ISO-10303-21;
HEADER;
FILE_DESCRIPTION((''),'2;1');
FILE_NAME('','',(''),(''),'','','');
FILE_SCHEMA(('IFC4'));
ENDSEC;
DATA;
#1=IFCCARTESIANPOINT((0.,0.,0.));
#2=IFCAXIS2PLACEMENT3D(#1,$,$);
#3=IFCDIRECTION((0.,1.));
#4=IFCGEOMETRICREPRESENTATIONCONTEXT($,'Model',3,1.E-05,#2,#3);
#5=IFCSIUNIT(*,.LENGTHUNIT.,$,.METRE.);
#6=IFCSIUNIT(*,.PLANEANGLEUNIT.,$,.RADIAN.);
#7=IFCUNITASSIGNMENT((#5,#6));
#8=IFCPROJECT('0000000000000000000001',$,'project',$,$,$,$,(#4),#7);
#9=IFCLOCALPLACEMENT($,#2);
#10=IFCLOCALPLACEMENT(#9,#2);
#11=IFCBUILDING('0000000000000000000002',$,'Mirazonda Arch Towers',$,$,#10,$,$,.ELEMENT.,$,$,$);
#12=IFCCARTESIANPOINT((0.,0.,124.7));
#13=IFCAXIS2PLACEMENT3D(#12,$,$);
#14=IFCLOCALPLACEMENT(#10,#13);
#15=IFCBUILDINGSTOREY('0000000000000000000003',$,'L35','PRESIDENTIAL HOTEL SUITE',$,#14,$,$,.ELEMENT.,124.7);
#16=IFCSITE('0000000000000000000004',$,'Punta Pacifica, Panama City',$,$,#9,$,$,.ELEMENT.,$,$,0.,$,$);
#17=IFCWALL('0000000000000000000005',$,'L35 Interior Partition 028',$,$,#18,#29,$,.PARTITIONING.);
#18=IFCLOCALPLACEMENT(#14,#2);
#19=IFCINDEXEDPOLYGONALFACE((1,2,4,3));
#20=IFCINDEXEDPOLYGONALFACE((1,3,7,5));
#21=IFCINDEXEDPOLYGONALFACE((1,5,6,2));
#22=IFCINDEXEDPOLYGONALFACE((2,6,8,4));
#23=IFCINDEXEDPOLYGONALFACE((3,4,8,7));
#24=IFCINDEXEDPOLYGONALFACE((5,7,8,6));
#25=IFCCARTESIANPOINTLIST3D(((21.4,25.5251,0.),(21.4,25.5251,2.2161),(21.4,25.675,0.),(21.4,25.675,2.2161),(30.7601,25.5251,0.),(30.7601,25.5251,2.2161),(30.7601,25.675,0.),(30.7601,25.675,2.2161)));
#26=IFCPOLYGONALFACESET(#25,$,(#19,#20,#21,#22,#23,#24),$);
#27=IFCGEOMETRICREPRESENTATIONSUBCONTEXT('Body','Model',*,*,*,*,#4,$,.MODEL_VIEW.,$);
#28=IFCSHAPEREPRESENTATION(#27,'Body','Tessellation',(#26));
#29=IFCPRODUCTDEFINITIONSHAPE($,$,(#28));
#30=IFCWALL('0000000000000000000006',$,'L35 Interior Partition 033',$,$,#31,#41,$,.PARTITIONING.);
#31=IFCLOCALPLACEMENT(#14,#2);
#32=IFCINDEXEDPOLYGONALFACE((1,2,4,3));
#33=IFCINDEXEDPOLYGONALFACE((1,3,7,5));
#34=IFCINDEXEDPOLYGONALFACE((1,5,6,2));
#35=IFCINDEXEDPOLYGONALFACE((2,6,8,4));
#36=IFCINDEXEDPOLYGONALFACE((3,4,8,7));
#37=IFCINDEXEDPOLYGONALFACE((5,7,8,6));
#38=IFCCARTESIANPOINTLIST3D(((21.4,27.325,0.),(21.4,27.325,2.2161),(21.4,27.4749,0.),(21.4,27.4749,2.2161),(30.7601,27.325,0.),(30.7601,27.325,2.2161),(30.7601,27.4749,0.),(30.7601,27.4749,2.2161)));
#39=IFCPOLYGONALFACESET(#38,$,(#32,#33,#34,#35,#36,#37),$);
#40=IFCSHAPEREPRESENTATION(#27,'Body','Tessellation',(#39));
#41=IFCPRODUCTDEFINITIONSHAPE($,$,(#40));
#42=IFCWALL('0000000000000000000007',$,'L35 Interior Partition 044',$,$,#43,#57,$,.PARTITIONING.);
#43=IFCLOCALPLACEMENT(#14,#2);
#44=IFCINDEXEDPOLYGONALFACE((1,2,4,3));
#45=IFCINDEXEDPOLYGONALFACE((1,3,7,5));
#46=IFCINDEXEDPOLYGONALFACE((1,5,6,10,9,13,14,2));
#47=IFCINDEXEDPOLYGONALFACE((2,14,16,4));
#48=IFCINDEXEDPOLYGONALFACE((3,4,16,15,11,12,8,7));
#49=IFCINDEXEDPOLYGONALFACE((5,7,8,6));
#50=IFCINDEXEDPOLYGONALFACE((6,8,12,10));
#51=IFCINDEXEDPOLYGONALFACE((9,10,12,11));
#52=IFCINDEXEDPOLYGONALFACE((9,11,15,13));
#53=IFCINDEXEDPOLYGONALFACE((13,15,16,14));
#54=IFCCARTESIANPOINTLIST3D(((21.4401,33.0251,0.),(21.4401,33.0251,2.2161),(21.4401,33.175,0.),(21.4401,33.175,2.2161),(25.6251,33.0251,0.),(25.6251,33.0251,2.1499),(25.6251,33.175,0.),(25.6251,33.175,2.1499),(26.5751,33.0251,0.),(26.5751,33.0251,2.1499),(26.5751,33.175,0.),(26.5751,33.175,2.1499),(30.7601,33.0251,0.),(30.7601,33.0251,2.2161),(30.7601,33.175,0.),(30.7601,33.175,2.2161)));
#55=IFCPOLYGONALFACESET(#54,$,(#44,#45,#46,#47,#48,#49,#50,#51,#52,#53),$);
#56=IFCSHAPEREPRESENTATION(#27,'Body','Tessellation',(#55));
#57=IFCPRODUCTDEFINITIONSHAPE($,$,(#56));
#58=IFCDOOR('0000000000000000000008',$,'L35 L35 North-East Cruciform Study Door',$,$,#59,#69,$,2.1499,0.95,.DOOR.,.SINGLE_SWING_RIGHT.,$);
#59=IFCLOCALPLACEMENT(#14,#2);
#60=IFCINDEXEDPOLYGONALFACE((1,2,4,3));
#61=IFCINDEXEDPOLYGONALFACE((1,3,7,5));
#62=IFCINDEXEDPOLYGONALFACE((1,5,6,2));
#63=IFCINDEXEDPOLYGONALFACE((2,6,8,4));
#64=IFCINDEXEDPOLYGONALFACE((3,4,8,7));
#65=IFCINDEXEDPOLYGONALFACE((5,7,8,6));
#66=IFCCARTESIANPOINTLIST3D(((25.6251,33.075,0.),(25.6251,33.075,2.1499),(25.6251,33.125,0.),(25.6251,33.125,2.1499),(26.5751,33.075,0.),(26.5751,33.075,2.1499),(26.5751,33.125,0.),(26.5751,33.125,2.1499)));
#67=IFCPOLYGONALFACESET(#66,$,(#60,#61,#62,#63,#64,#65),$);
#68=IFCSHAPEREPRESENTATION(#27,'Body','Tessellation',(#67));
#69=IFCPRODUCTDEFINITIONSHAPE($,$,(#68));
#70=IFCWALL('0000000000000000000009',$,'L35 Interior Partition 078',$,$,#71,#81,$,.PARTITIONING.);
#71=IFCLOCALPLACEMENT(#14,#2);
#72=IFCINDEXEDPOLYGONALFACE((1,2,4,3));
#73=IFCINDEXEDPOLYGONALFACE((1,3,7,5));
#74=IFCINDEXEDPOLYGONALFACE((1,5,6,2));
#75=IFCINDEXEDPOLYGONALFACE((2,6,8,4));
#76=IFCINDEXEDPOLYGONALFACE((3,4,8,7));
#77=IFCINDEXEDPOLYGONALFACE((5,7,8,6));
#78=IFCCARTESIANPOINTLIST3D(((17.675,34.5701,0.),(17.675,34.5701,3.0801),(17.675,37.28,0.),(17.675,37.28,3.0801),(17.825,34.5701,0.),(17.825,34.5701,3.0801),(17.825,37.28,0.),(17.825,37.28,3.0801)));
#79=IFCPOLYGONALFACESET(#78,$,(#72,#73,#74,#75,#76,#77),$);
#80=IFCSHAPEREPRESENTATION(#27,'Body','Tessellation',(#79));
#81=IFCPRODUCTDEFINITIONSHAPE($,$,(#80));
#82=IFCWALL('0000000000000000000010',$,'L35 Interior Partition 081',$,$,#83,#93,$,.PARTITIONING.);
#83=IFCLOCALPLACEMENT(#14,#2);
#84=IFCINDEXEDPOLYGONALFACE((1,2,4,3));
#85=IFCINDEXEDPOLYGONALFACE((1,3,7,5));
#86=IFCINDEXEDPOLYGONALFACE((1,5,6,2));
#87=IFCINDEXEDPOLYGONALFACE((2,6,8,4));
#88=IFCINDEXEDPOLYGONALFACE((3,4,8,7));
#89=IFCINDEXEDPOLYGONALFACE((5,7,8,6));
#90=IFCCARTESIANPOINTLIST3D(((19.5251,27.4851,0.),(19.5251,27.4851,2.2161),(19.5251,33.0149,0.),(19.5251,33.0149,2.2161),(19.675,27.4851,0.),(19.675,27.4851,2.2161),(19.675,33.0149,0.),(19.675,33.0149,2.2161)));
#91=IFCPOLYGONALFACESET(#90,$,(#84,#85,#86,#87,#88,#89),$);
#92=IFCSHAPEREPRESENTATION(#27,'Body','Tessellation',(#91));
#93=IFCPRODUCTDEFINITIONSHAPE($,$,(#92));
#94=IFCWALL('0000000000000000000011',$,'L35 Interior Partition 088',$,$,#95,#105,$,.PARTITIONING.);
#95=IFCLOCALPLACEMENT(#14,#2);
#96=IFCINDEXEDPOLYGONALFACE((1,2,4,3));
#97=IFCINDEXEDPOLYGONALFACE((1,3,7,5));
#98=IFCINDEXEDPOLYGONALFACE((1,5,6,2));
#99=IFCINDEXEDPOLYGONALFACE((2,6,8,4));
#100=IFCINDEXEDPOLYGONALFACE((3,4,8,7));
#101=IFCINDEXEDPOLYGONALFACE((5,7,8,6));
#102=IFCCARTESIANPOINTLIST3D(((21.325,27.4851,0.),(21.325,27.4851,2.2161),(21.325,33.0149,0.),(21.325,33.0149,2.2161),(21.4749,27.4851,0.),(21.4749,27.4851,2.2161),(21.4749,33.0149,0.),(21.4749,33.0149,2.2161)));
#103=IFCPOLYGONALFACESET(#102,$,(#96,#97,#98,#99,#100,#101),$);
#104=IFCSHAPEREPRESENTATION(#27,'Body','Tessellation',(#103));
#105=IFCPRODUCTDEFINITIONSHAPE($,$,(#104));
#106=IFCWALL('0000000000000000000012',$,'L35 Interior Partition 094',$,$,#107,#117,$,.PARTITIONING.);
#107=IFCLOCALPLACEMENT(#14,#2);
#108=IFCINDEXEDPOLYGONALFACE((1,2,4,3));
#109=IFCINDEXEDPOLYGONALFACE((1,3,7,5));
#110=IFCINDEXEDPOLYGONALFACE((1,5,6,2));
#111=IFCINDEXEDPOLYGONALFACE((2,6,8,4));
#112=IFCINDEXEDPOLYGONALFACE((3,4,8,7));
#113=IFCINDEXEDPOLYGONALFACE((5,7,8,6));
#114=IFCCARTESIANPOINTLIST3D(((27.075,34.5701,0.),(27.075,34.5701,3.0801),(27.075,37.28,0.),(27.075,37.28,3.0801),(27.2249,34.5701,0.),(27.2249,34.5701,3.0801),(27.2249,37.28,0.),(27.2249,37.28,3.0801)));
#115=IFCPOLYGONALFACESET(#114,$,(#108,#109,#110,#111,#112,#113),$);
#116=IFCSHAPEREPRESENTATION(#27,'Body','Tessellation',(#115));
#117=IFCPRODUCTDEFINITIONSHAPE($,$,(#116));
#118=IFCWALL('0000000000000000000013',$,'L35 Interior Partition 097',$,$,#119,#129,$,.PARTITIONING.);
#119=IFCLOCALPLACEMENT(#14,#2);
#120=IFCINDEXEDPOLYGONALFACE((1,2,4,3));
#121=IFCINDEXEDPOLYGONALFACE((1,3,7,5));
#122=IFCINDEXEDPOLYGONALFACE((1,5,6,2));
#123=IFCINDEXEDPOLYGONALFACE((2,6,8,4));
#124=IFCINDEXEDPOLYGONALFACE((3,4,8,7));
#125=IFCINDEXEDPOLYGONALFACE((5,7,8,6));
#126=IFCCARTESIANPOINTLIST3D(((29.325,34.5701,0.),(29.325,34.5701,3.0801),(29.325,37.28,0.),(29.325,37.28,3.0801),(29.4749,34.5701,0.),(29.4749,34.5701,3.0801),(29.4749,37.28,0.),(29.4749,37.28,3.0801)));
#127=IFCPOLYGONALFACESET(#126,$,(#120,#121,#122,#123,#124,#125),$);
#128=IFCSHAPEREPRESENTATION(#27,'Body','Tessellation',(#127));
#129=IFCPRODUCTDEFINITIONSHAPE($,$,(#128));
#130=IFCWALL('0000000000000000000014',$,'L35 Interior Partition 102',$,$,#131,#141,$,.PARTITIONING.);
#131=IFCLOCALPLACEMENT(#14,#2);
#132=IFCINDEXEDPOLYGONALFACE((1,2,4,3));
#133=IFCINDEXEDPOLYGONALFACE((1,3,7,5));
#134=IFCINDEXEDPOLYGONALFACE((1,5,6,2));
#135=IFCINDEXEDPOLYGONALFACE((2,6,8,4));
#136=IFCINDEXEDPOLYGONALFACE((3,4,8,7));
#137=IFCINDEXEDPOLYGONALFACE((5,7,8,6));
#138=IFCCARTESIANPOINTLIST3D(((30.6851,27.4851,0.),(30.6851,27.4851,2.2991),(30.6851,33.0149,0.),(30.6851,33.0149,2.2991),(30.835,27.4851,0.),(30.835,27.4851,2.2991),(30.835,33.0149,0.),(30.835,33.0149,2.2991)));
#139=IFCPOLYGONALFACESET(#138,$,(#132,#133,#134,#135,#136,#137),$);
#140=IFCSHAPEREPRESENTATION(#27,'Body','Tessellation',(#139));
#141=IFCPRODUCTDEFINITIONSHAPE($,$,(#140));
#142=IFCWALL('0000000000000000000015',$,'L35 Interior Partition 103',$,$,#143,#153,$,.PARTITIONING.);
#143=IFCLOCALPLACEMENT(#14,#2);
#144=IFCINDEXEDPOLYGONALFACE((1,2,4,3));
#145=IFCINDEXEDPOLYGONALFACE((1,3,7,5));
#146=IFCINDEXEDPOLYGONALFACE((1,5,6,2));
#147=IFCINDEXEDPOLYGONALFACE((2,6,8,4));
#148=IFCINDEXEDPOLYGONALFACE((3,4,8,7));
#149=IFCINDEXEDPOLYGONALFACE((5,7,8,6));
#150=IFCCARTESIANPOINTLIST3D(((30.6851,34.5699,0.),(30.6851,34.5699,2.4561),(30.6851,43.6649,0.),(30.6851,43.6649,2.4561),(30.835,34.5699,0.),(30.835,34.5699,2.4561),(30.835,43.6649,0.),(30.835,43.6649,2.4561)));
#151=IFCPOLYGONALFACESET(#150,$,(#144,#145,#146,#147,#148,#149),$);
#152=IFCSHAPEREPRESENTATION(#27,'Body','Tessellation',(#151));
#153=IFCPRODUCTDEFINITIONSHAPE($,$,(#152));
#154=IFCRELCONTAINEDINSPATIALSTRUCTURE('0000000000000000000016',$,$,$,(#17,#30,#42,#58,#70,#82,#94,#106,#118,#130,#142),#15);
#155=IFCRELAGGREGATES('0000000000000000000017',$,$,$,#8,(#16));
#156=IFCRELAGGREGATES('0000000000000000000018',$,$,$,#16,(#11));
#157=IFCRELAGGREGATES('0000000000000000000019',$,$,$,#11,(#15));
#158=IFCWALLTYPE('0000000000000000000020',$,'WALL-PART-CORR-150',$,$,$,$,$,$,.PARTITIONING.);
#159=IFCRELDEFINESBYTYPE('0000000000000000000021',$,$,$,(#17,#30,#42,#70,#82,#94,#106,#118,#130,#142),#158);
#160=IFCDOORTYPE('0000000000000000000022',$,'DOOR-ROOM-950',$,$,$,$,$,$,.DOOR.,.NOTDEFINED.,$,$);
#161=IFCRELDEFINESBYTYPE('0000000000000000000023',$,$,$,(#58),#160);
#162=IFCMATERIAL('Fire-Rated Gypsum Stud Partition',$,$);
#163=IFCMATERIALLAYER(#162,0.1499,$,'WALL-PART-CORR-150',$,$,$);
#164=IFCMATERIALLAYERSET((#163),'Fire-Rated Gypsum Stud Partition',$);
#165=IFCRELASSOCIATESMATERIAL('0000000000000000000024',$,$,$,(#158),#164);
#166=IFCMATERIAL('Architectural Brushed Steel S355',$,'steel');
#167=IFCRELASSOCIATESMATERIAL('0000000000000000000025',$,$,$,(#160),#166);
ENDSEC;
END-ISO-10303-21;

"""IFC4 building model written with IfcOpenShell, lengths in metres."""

from ifc_helpers import new_model, si_unit, direction, frame, frame_2d, origin, place, context, subcontext, project, spatial, rectangle, extrude, material, layer, layer_set, type_object, element, fill, save


model = new_model("IFC4")

# Units and contexts
model_context = context("Model", 3, precision=1e-05, world=origin(), true_north=direction((0.0, 1.0)))
body_context = subcontext(model_context, "Body", "Model", "MODEL_VIEW")
ifc_project = project(units=[si_unit("LENGTHUNIT", "METRE"), si_unit("PLANEANGLEUNIT", "RADIAN")], contexts=[model_context])

# Site, building, storey
site_placement = place(None, origin())
site = spatial("IfcSite", under=ifc_project, at=site_placement, Name="Punta Pacifica, Panama City", CompositionType="ELEMENT", RefElevation=0.0)
building_placement = place(site_placement, origin())
building = spatial("IfcBuilding", under=site, at=building_placement, Name="Mirazonda Arch Towers", CompositionType="ELEMENT")
storey_placement = place(building_placement, frame((0.0, 0.0, 124.7)))
storey = spatial("IfcBuildingStorey", under=building, at=storey_placement, Name="L35", Description="PRESIDENTIAL HOTEL SUITE", CompositionType="ELEMENT", Elevation=124.7)

# Walls
ifc_material_1 = material(Name="Fire-Rated Gypsum Stud Partition")
ifc_layer_1 = layer(ifc_material_1, 0.1499, Name="WALL-PART-CORR-150")
ifc_layer_set_1 = layer_set([ifc_layer_1], Name="Fire-Rated Gypsum Stud Partition")
wall_type_1 = type_object("IfcWallType", Name="WALL-PART-CORR-150", PredefinedType="PARTITIONING", material=ifc_layer_set_1)
for number, where, z_axis, x_axis, name in (
    (1, (21.3999, 25.6001, 0.0), (0.0, 0.0, 1.0), (1.0, 0.0, 0.0), "L35 Interior Partition 028"),
    (2, (21.3999, 27.3999, 0.0), (0.0, 0.0, 1.0), (1.0, 0.0, 0.0), "L35 Interior Partition 033"),
):
    element("IfcWall", number, at=place(storey_placement, frame(where, z_axis=z_axis, x_axis=x_axis)), inside=storey, type_object=wall_type_1, Name=name, PredefinedType="PARTITIONING", context=body_context, shape_type="SweptSolid", body=[
        extrude(rectangle(XDim=9.3601, YDim=0.1499, at=frame_2d((4.6802, 0.0))), origin(), (0.0, 0.0, 1.0), 2.2161),
    ])

# Wall, opening, door
wall_1_placement = place(storey_placement, frame((21.4399, 33.1001, 0.0), z_axis=(0.0, 0.0, 1.0), x_axis=(1.0, 0.0, 0.0)))
wall_1 = element("IfcWall", 3, at=wall_1_placement, inside=storey, type_object=wall_type_1, Name="L35 Interior Partition 044", PredefinedType="PARTITIONING", context=body_context, shape_type="SweptSolid", body=[
    extrude(rectangle(XDim=9.3201, YDim=0.1499, at=frame_2d((4.6602, 0.0))), origin(), (0.0, 0.0, 1.0), 2.2161),
])
opening_1_placement = place(wall_1_placement, frame((4.1851, 0.0, 0.0)))
opening_1 = element("IfcOpeningElement", 4, at=opening_1_placement, cuts=wall_1, PredefinedType="OPENING", context=body_context, shape_type="SweptSolid", body=[
    extrude(rectangle(XDim=0.95, YDim=2.1499, at=frame_2d((0.4751, 1.075))), frame((0.0, 0.085, 0.0), z_axis=(0.0, -1.0, 0.0), x_axis=(1.0, 0.0, 0.0)), (0.0, 0.0, 1.0), 0.1699),
])
ifc_material_2 = material(Name="Architectural Brushed Steel S355", Category="steel")
door_type_1 = type_object("IfcDoorType", Name="DOOR-ROOM-950", OperationType="NOTDEFINED", PredefinedType="DOOR", material=ifc_material_2)
door_1_placement = place(opening_1_placement, origin())
door_1 = element("IfcDoor", 5, at=door_1_placement, inside=storey, type_object=door_type_1, Name="L35 L35 North-East Cruciform Study Door", OperationType="SINGLE_SWING_RIGHT", OverallHeight=2.1499, OverallWidth=0.95, PredefinedType="DOOR", context=body_context, shape_type="SweptSolid", body=[
    extrude(rectangle(XDim=0.95, YDim=2.1499, at=frame_2d((0.4751, 1.075))), frame((0.0, 0.0249, 0.0), z_axis=(0.0, -1.0, 0.0), x_axis=(1.0, 0.0, 0.0)), (0.0, 0.0, 1.0), 0.05),
])
fill(opening_1, door_1)

# Walls
wall_2_placement = place(storey_placement, frame((17.75, 34.5701, 0.0), z_axis=(0.0, 0.0, 1.0), x_axis=(0.0, 1.0, 0.0)))
element("IfcWall", 6, at=wall_2_placement, inside=storey, type_object=wall_type_1, Name="L35 Interior Partition 078", PredefinedType="PARTITIONING", context=body_context, shape_type="SweptSolid", body=[
    extrude(rectangle(XDim=2.71, YDim=0.1499, at=frame_2d((1.355, 0.0))), origin(), (0.0, 0.0, 1.0), 3.0801),
])
for number, where, z_axis, x_axis, name in (
    (7, (19.6001, 27.4851, 0.0), (0.0, 0.0, 1.0), (0.0, 1.0, 0.0), "L35 Interior Partition 081"),
    (8, (21.3999, 27.4851, 0.0), (0.0, 0.0, 1.0), (0.0, 1.0, 0.0), "L35 Interior Partition 088"),
):
    element("IfcWall", number, at=place(storey_placement, frame(where, z_axis=z_axis, x_axis=x_axis)), inside=storey, type_object=wall_type_1, Name=name, PredefinedType="PARTITIONING", context=body_context, shape_type="SweptSolid", body=[
        extrude(rectangle(XDim=5.5298, YDim=0.1499, at=frame_2d((2.7649, 0.0))), origin(), (0.0, 0.0, 1.0), 2.2161),
    ])
for number, where, z_axis, x_axis, name in (
    (9, (27.1499, 34.5701, 0.0), (0.0, 0.0, 1.0), (0.0, 1.0, 0.0), "L35 Interior Partition 094"),
    (10, (29.3999, 34.5701, 0.0), (0.0, 0.0, 1.0), (0.0, 1.0, 0.0), "L35 Interior Partition 097"),
):
    element("IfcWall", number, at=place(storey_placement, frame(where, z_axis=z_axis, x_axis=x_axis)), inside=storey, type_object=wall_type_1, Name=name, PredefinedType="PARTITIONING", context=body_context, shape_type="SweptSolid", body=[
        extrude(rectangle(XDim=2.71, YDim=0.1499, at=frame_2d((1.355, 0.0))), origin(), (0.0, 0.0, 1.0), 3.0801),
    ])
wall_3_placement = place(storey_placement, frame((30.76, 27.4851, 0.0), z_axis=(0.0, 0.0, 1.0), x_axis=(0.0, 1.0, 0.0)))
element("IfcWall", 11, at=wall_3_placement, inside=storey, type_object=wall_type_1, Name="L35 Interior Partition 102", PredefinedType="PARTITIONING", context=body_context, shape_type="SweptSolid", body=[
    extrude(rectangle(XDim=5.5298, YDim=0.1499, at=frame_2d((2.7649, 0.0))), origin(), (0.0, 0.0, 1.0), 2.2991),
])
wall_4_placement = place(storey_placement, frame((30.76, 34.5701, 0.0), z_axis=(0.0, 0.0, 1.0), x_axis=(0.0, 1.0, 0.0)))
element("IfcWall", 12, at=wall_4_placement, inside=storey, type_object=wall_type_1, Name="L35 Interior Partition 103", PredefinedType="PARTITIONING", context=body_context, shape_type="SweptSolid", body=[
    extrude(rectangle(XDim=9.095, YDim=0.1499, at=frame_2d((4.5474, 0.0))), origin(), (0.0, 0.0, 1.0), 2.4561),
])

save(model, "model.ifc")
